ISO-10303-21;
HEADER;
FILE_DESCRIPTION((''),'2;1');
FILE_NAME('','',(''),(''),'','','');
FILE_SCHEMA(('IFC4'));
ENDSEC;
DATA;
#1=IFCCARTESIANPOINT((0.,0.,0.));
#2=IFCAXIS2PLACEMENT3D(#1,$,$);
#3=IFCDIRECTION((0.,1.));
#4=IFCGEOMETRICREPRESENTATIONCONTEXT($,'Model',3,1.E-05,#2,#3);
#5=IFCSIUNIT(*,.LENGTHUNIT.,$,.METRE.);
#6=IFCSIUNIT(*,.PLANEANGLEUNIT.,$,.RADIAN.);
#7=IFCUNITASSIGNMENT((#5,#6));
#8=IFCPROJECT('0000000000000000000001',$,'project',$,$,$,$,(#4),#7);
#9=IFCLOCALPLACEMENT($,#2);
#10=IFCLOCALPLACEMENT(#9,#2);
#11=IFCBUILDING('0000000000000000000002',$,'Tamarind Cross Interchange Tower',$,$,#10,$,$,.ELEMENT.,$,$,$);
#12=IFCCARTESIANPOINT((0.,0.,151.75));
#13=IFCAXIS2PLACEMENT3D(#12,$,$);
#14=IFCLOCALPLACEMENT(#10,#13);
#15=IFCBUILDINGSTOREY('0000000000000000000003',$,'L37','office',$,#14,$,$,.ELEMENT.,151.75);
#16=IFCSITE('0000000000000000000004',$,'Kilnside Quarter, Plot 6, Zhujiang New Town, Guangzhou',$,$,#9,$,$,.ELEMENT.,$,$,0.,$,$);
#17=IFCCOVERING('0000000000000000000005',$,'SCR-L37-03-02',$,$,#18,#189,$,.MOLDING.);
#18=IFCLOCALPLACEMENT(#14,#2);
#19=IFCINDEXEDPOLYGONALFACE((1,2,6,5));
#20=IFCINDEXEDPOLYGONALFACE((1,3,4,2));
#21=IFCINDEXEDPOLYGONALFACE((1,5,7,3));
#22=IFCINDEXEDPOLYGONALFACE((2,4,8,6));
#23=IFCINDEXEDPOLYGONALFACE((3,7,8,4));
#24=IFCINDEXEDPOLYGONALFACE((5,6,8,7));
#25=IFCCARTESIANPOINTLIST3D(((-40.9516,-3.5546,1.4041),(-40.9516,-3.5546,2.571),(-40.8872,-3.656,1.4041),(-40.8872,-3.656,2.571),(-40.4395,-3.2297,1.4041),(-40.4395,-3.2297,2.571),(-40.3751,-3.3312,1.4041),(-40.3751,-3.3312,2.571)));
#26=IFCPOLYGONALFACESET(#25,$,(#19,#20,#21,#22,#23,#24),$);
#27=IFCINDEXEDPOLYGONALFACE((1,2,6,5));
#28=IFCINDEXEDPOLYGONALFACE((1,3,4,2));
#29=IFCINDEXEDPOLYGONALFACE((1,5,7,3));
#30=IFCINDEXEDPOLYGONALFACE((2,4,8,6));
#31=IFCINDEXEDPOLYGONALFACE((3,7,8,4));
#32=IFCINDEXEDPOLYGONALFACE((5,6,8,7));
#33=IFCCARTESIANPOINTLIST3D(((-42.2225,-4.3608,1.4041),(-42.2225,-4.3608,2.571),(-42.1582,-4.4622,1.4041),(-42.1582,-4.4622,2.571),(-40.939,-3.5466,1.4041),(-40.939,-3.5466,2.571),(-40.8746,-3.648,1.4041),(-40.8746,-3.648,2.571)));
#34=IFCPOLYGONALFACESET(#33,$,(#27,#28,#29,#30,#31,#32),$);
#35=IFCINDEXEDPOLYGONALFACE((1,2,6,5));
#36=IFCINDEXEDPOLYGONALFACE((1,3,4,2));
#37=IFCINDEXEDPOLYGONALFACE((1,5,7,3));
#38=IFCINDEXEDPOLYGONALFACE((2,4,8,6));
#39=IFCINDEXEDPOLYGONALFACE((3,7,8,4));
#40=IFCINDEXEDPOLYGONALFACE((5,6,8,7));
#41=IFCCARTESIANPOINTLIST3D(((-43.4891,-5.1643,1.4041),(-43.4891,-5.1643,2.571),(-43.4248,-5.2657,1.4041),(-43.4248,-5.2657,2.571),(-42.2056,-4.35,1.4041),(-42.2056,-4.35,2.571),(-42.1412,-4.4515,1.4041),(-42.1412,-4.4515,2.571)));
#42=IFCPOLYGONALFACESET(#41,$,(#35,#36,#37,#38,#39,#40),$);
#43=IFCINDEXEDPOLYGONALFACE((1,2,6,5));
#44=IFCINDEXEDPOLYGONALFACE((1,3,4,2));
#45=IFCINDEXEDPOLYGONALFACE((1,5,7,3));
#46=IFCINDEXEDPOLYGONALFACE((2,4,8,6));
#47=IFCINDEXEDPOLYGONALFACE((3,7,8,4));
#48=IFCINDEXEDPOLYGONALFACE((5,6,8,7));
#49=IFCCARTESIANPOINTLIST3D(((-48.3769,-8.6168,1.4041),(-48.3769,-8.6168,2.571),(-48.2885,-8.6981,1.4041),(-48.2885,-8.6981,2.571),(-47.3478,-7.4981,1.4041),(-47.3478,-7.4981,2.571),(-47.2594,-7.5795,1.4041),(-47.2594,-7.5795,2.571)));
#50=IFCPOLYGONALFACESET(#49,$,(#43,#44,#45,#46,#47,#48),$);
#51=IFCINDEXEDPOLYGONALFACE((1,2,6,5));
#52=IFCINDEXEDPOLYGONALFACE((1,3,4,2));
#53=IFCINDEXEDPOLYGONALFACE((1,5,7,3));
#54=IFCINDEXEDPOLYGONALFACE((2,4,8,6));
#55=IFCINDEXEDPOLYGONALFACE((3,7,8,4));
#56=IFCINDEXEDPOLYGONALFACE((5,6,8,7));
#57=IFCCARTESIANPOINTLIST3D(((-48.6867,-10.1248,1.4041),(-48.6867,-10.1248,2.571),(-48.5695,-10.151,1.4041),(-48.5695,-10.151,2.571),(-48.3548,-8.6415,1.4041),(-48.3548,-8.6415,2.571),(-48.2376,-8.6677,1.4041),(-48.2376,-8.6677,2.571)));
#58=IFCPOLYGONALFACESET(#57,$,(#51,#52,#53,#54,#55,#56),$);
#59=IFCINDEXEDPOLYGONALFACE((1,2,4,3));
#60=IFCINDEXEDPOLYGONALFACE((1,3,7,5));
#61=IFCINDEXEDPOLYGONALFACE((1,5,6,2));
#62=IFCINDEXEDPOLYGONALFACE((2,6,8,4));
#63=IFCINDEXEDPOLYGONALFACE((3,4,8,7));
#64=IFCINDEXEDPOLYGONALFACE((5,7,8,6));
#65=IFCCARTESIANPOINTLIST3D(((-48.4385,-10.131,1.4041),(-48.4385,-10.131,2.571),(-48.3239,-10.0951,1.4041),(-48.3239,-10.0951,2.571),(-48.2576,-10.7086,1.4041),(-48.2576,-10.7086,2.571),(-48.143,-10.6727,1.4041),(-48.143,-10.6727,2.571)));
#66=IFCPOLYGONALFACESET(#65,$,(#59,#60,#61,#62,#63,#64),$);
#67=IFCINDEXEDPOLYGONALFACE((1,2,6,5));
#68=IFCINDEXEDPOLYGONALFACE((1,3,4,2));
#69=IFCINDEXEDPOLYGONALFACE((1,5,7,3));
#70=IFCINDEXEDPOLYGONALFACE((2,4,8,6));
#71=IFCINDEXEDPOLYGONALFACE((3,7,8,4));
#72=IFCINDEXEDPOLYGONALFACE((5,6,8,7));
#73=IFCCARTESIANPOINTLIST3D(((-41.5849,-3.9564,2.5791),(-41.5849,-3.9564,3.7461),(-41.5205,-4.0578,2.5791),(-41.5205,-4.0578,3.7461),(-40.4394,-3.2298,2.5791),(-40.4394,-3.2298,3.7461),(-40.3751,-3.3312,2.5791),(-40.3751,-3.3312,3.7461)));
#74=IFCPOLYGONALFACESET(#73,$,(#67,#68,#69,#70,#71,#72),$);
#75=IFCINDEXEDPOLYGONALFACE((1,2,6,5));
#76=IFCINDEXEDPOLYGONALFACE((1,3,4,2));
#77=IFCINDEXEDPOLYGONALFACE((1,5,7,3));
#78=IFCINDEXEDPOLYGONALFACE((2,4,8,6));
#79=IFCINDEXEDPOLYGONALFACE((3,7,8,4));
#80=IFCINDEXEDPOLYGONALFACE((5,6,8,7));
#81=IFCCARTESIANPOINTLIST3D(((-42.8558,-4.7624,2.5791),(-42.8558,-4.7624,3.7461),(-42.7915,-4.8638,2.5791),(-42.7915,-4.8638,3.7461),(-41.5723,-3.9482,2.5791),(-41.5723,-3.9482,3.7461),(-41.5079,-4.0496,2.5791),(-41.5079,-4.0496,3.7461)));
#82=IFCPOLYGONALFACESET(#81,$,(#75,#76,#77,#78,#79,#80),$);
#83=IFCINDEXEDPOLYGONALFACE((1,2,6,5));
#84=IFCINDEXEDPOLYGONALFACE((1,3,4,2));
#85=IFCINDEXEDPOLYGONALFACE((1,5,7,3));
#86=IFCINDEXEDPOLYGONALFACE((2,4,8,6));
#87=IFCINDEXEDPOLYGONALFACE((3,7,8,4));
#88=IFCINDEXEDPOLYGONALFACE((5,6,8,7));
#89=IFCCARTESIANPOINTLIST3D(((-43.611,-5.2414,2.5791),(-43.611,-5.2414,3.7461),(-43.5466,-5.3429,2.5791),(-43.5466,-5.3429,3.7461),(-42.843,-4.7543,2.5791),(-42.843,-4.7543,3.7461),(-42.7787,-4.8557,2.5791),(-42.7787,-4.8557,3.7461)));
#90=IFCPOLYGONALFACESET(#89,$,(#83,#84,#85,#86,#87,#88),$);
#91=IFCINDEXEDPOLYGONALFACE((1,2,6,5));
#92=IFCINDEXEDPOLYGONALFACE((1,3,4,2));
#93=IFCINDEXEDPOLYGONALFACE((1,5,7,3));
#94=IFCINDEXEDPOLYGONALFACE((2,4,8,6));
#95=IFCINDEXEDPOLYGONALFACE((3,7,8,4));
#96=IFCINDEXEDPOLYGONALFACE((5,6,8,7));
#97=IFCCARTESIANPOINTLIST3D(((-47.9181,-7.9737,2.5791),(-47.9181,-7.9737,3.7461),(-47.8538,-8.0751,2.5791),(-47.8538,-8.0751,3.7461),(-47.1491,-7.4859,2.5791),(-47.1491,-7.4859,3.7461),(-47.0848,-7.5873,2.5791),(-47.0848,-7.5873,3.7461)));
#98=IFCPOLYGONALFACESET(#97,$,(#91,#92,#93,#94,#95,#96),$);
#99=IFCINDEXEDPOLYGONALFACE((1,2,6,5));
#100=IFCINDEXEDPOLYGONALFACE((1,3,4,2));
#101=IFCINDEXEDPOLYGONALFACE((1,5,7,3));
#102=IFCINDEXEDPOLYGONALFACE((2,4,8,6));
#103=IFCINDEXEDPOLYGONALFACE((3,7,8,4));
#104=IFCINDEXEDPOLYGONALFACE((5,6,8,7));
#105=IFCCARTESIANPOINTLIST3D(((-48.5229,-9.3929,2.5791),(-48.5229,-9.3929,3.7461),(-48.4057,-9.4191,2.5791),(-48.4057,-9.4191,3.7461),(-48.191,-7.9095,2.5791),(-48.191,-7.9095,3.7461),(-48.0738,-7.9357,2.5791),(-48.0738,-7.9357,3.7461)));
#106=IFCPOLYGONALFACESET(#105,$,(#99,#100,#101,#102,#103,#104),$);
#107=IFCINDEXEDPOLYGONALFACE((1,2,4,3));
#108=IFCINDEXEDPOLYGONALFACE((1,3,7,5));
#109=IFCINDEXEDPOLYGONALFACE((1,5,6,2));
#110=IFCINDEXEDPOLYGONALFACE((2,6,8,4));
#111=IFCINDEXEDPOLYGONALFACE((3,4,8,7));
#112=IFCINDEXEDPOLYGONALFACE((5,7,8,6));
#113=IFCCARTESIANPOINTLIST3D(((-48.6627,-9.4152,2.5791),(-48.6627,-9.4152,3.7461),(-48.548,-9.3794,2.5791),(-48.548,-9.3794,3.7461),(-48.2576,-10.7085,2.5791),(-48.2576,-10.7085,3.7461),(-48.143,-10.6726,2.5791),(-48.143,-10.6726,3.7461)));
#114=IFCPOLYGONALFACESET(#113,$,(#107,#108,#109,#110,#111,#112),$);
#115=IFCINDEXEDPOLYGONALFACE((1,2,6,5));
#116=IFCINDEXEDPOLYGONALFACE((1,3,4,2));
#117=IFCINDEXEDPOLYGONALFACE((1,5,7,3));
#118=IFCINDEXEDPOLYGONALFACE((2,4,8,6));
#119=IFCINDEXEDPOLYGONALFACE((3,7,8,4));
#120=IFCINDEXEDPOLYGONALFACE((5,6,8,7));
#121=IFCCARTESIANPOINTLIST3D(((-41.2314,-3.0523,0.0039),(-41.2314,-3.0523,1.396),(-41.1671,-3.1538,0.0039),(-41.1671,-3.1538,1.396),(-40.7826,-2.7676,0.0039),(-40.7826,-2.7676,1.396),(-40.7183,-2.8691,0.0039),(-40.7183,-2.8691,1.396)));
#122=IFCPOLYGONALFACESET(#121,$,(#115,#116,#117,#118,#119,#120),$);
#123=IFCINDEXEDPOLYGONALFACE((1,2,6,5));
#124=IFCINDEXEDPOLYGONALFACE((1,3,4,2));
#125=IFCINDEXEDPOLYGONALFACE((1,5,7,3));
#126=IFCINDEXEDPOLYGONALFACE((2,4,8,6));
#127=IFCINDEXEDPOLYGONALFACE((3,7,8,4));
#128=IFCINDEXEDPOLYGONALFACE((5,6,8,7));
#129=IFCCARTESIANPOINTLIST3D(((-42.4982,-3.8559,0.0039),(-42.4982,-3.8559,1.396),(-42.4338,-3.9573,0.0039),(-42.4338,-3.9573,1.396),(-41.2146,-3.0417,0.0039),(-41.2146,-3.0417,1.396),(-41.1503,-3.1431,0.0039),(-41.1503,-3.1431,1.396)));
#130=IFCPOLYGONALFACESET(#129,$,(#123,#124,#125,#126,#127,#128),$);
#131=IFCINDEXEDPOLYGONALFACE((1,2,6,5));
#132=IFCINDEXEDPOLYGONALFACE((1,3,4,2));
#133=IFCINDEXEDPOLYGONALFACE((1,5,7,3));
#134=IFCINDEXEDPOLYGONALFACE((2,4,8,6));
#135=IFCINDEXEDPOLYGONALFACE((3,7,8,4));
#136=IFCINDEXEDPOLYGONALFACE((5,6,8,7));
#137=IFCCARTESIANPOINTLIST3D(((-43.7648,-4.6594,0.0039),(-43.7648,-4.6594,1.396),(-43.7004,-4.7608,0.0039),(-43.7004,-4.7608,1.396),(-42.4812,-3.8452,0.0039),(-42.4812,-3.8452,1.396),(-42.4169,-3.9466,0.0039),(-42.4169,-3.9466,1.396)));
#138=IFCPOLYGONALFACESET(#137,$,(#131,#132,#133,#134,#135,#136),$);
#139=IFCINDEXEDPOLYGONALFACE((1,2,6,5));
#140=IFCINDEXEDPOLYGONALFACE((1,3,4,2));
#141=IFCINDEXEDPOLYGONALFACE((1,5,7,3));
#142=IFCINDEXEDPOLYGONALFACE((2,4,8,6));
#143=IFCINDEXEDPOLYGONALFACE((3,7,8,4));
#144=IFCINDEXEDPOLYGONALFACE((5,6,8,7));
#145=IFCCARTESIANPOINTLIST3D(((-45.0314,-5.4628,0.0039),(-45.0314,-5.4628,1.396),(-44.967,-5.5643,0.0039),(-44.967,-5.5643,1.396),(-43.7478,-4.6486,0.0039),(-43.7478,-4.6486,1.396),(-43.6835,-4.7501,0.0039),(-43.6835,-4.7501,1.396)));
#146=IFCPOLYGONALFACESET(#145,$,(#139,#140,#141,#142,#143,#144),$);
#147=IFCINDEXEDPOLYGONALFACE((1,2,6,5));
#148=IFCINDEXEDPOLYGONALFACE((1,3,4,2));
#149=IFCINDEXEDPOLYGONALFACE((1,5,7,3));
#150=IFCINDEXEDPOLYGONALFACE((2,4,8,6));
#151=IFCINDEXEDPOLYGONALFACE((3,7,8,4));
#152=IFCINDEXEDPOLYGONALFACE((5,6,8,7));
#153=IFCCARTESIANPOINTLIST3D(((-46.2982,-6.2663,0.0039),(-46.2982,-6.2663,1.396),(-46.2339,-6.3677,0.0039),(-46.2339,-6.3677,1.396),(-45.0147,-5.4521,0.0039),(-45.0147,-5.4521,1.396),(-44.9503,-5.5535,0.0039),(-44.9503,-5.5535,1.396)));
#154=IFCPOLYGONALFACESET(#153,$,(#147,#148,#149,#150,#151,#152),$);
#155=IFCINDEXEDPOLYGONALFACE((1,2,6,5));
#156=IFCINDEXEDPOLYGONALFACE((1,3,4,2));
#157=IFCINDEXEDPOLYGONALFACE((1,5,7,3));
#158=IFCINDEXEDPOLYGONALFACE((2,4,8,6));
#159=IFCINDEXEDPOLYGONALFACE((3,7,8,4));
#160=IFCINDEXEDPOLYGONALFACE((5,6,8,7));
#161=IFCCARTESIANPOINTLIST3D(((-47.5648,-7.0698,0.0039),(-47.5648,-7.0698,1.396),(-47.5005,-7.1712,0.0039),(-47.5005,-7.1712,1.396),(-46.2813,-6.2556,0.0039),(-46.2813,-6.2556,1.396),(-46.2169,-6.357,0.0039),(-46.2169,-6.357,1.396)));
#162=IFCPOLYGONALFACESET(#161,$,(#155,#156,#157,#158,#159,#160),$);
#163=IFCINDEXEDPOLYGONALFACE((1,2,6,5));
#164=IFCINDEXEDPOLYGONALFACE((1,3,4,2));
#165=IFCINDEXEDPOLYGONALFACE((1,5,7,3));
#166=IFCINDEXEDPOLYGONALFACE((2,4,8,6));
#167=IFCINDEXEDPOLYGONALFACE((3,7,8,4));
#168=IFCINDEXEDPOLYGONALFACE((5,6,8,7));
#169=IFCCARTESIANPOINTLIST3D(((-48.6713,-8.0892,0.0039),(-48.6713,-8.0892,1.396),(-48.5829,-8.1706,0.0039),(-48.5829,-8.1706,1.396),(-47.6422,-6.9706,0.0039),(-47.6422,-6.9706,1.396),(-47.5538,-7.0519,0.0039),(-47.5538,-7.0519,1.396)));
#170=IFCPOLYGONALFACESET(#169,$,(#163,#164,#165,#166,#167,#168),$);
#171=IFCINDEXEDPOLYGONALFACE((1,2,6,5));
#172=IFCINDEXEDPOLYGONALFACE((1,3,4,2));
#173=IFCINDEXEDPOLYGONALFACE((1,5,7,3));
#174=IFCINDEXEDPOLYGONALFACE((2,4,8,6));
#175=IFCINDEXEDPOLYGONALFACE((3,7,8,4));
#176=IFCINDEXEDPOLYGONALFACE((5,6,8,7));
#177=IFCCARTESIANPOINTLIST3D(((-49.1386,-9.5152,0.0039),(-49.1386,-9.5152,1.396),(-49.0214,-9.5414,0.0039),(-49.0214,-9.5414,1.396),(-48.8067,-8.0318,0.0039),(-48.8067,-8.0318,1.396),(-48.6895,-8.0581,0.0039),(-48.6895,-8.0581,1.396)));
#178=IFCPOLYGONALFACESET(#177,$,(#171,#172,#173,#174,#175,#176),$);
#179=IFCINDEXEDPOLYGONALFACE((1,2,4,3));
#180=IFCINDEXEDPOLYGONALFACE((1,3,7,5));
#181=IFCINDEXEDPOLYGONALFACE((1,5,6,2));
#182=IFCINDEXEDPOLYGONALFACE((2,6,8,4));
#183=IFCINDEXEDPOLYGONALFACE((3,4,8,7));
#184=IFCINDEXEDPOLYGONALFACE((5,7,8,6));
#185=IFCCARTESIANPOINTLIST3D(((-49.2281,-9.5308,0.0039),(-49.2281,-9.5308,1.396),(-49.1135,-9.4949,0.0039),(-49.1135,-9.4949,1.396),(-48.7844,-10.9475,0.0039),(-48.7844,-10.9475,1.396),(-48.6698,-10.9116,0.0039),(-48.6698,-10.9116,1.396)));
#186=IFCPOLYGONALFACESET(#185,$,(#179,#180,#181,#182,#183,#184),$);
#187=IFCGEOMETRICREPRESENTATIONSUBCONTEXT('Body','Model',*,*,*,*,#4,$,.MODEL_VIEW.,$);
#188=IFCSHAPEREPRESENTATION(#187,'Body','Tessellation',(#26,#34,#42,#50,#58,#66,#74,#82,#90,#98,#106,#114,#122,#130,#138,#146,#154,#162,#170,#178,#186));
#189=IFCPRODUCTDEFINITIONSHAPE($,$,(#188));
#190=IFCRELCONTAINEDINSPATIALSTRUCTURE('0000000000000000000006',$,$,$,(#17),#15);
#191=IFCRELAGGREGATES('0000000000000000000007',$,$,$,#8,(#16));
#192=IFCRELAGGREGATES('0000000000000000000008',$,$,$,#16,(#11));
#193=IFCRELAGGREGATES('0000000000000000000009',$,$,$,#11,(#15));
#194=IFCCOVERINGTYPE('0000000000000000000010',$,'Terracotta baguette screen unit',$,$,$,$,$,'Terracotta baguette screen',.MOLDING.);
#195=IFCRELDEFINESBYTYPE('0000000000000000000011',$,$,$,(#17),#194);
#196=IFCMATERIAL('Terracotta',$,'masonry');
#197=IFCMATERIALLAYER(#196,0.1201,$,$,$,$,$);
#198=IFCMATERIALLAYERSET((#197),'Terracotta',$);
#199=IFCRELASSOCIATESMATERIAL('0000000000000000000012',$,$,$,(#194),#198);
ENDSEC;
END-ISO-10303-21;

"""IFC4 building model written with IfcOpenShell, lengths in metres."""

from ifc_helpers import new_model, si_unit, direction, frame, origin, origin_2d, place, context, subcontext, project, spatial, rectangle, extrude, material, layer, layer_set, type_object, element, save


model = new_model("IFC4")

# Units and contexts
model_context = context("Model", 3, precision=1e-05, world=origin(), true_north=direction((0.0, 1.0)))
body_context = subcontext(model_context, "Body", "Model", "MODEL_VIEW")
ifc_project = project(units=[si_unit("LENGTHUNIT", "METRE"), si_unit("PLANEANGLEUNIT", "RADIAN")], contexts=[model_context])

# Site, building, storey
site_placement = place(None, origin())
site = spatial("IfcSite", under=ifc_project, at=site_placement, Name="Kilnside Quarter, Plot 6, Zhujiang New Town, Guangzhou", CompositionType="ELEMENT", RefElevation=0.0)
building_placement = place(site_placement, origin())
building = spatial("IfcBuilding", under=site, at=building_placement, Name="Tamarind Cross Interchange Tower", CompositionType="ELEMENT")
storey_placement = place(building_placement, frame((0.0, 0.0, 151.75)))
storey = spatial("IfcBuildingStorey", under=building, at=storey_placement, Name="L37", Description="office", CompositionType="ELEMENT", Elevation=151.75)

# Covering
ifc_material_1 = material(Name="Terracotta", Category="masonry")
ifc_layer_1 = layer(ifc_material_1, 0.1201)
ifc_layer_set_1 = layer_set([ifc_layer_1], Name="Terracotta")
covering_type = type_object("IfcCoveringType", Name="Terracotta baguette screen unit", ElementType="Terracotta baguette screen", PredefinedType="MOLDING", material=ifc_layer_set_1)
covering_1_placement = place(storey_placement, origin())
element("IfcCovering", 1, at=covering_1_placement, inside=storey, type_object=covering_type, Name="SCR-L37-03-02", PredefinedType="MOLDING", context=body_context, shape_type="SweptSolid", body=[
    extrude(rectangle(XDim=0.6064, YDim=0.1201, at=origin_2d()), frame((-40.6633, -3.4429, 1.4041), z_axis=(0.0, 0.0, 1.0), x_axis=(-0.844433, -0.535662, 0.0)), (0.0, 0.0, 1.0), 1.167),
    extrude(rectangle(XDim=1.52, YDim=0.1201, at=origin_2d()), frame((-41.5486, -4.0044, 1.4041), z_axis=(0.0, 0.0, 1.0), x_axis=(-0.844433, -0.535662, 0.0)), (0.0, 0.0, 1.0), 1.167),
    extrude(rectangle(XDim=1.52, YDim=0.1201, at=origin_2d()), frame((-42.8152, -4.8079, 1.4041), z_axis=(0.0, 0.0, 1.0), x_axis=(-0.844433, -0.535662, 0.0)), (0.0, 0.0, 1.0), 1.167),
    extrude(rectangle(XDim=1.52, YDim=0.1201, at=origin_2d()), frame((-47.8181, -8.0981, 1.4041), z_axis=(0.0, 0.0, 1.0), x_axis=(-0.67702, -0.735965, 0.0)), (0.0, 0.0, 1.0), 1.167),
    extrude(rectangle(XDim=1.52, YDim=0.1201, at=origin_2d()), frame((-48.4622, -9.3962, 1.4041), z_axis=(0.0, 0.0, 1.0), x_axis=(-0.218334, -0.975874, 0.0)), (0.0, 0.0, 1.0), 1.167),
    extrude(rectangle(XDim=0.6052, YDim=0.1201, at=origin_2d()), frame((-48.2908, -10.4019, 1.4041), z_axis=(0.0, 0.0, 1.0), x_axis=(0.298854, -0.954299, 0.0)), (0.0, 0.0, 1.0), 1.167),
    extrude(rectangle(XDim=1.3564, YDim=0.1201, at=origin_2d()), frame((-40.98, -3.6438, 2.5791), z_axis=(0.0, 0.0, 1.0), x_axis=(-0.844433, -0.535662, 0.0)), (0.0, 0.0, 1.0), 1.167),
    extrude(rectangle(XDim=1.52, YDim=0.1201, at=origin_2d()), frame((-42.1819, -4.406, 2.5791), z_axis=(0.0, 0.0, 1.0), x_axis=(-0.844433, -0.535662, 0.0)), (0.0, 0.0, 1.0), 1.167),
    extrude(rectangle(XDim=0.9094, YDim=0.1201, at=origin_2d()), frame((-43.1948, -5.0486, 2.5791), z_axis=(0.0, 0.0, 1.0), x_axis=(-0.844433, -0.535662, 0.0)), (0.0, 0.0, 1.0), 1.167),
    extrude(rectangle(XDim=0.9106, YDim=0.1201, at=origin_2d()), frame((-47.5015, -7.7805, 2.5791), z_axis=(0.0, 0.0, 1.0), x_axis=(-0.844433, -0.535662, 0.0)), (0.0, 0.0, 1.0), 1.167),
    extrude(rectangle(XDim=1.52, YDim=0.1201, at=origin_2d()), frame((-48.2983, -8.6643, 2.5791), z_axis=(0.0, 0.0, 1.0), x_axis=(-0.218334, -0.975874, 0.0)), (0.0, 0.0, 1.0), 1.167),
    extrude(rectangle(XDim=1.3552, YDim=0.1201, at=origin_2d()), frame((-48.4028, -10.0439, 2.5791), z_axis=(0.0, 0.0, 1.0), x_axis=(0.298854, -0.954299, 0.0)), (0.0, 0.0, 1.0), 1.167),
    extrude(rectangle(XDim=0.5315, YDim=0.1201, at=origin_2d()), frame((-40.9749, -2.9607, 0.0039), z_axis=(0.0, 0.0, 1.0), x_axis=(-0.844433, -0.535662, 0.0)), (0.0, 0.0, 1.0), 1.3921),
    extrude(rectangle(XDim=1.52, YDim=0.1201, at=origin_2d()), frame((-41.8242, -3.4995, 0.0039), z_axis=(0.0, 0.0, 1.0), x_axis=(-0.844433, -0.535662, 0.0)), (0.0, 0.0, 1.0), 1.3921),
    extrude(rectangle(XDim=1.52, YDim=0.1201, at=origin_2d()), frame((-43.0908, -4.303, 0.0039), z_axis=(0.0, 0.0, 1.0), x_axis=(-0.844433, -0.535662, 0.0)), (0.0, 0.0, 1.0), 1.3921),
    extrude(rectangle(XDim=1.52, YDim=0.1201, at=origin_2d()), frame((-44.3574, -5.1064, 0.0039), z_axis=(0.0, 0.0, 1.0), x_axis=(-0.844433, -0.535662, 0.0)), (0.0, 0.0, 1.0), 1.3921),
    extrude(rectangle(XDim=1.52, YDim=0.1201, at=origin_2d()), frame((-45.6243, -5.9099, 0.0039), z_axis=(0.0, 0.0, 1.0), x_axis=(-0.844433, -0.535662, 0.0)), (0.0, 0.0, 1.0), 1.3921),
    extrude(rectangle(XDim=1.52, YDim=0.1201, at=origin_2d()), frame((-46.8909, -6.7134, 0.0039), z_axis=(0.0, 0.0, 1.0), x_axis=(-0.844433, -0.535662, 0.0)), (0.0, 0.0, 1.0), 1.3921),
    extrude(rectangle(XDim=1.52, YDim=0.1201, at=origin_2d()), frame((-48.1125, -7.5706, 0.0039), z_axis=(0.0, 0.0, 1.0), x_axis=(-0.67702, -0.735965, 0.0)), (0.0, 0.0, 1.0), 1.3921),
    extrude(rectangle(XDim=1.52, YDim=0.1201, at=origin_2d()), frame((-48.9141, -8.7866, 0.0039), z_axis=(0.0, 0.0, 1.0), x_axis=(-0.218334, -0.975874, 0.0)), (0.0, 0.0, 1.0), 1.3921),
    extrude(rectangle(XDim=1.4846, YDim=0.1201, at=origin_2d()), frame((-48.949, -10.2212, 0.0039), z_axis=(0.0, 0.0, 1.0), x_axis=(0.298854, -0.954299, 0.0)), (0.0, 0.0, 1.0), 1.3921),
])

save(model, "model.ifc")
